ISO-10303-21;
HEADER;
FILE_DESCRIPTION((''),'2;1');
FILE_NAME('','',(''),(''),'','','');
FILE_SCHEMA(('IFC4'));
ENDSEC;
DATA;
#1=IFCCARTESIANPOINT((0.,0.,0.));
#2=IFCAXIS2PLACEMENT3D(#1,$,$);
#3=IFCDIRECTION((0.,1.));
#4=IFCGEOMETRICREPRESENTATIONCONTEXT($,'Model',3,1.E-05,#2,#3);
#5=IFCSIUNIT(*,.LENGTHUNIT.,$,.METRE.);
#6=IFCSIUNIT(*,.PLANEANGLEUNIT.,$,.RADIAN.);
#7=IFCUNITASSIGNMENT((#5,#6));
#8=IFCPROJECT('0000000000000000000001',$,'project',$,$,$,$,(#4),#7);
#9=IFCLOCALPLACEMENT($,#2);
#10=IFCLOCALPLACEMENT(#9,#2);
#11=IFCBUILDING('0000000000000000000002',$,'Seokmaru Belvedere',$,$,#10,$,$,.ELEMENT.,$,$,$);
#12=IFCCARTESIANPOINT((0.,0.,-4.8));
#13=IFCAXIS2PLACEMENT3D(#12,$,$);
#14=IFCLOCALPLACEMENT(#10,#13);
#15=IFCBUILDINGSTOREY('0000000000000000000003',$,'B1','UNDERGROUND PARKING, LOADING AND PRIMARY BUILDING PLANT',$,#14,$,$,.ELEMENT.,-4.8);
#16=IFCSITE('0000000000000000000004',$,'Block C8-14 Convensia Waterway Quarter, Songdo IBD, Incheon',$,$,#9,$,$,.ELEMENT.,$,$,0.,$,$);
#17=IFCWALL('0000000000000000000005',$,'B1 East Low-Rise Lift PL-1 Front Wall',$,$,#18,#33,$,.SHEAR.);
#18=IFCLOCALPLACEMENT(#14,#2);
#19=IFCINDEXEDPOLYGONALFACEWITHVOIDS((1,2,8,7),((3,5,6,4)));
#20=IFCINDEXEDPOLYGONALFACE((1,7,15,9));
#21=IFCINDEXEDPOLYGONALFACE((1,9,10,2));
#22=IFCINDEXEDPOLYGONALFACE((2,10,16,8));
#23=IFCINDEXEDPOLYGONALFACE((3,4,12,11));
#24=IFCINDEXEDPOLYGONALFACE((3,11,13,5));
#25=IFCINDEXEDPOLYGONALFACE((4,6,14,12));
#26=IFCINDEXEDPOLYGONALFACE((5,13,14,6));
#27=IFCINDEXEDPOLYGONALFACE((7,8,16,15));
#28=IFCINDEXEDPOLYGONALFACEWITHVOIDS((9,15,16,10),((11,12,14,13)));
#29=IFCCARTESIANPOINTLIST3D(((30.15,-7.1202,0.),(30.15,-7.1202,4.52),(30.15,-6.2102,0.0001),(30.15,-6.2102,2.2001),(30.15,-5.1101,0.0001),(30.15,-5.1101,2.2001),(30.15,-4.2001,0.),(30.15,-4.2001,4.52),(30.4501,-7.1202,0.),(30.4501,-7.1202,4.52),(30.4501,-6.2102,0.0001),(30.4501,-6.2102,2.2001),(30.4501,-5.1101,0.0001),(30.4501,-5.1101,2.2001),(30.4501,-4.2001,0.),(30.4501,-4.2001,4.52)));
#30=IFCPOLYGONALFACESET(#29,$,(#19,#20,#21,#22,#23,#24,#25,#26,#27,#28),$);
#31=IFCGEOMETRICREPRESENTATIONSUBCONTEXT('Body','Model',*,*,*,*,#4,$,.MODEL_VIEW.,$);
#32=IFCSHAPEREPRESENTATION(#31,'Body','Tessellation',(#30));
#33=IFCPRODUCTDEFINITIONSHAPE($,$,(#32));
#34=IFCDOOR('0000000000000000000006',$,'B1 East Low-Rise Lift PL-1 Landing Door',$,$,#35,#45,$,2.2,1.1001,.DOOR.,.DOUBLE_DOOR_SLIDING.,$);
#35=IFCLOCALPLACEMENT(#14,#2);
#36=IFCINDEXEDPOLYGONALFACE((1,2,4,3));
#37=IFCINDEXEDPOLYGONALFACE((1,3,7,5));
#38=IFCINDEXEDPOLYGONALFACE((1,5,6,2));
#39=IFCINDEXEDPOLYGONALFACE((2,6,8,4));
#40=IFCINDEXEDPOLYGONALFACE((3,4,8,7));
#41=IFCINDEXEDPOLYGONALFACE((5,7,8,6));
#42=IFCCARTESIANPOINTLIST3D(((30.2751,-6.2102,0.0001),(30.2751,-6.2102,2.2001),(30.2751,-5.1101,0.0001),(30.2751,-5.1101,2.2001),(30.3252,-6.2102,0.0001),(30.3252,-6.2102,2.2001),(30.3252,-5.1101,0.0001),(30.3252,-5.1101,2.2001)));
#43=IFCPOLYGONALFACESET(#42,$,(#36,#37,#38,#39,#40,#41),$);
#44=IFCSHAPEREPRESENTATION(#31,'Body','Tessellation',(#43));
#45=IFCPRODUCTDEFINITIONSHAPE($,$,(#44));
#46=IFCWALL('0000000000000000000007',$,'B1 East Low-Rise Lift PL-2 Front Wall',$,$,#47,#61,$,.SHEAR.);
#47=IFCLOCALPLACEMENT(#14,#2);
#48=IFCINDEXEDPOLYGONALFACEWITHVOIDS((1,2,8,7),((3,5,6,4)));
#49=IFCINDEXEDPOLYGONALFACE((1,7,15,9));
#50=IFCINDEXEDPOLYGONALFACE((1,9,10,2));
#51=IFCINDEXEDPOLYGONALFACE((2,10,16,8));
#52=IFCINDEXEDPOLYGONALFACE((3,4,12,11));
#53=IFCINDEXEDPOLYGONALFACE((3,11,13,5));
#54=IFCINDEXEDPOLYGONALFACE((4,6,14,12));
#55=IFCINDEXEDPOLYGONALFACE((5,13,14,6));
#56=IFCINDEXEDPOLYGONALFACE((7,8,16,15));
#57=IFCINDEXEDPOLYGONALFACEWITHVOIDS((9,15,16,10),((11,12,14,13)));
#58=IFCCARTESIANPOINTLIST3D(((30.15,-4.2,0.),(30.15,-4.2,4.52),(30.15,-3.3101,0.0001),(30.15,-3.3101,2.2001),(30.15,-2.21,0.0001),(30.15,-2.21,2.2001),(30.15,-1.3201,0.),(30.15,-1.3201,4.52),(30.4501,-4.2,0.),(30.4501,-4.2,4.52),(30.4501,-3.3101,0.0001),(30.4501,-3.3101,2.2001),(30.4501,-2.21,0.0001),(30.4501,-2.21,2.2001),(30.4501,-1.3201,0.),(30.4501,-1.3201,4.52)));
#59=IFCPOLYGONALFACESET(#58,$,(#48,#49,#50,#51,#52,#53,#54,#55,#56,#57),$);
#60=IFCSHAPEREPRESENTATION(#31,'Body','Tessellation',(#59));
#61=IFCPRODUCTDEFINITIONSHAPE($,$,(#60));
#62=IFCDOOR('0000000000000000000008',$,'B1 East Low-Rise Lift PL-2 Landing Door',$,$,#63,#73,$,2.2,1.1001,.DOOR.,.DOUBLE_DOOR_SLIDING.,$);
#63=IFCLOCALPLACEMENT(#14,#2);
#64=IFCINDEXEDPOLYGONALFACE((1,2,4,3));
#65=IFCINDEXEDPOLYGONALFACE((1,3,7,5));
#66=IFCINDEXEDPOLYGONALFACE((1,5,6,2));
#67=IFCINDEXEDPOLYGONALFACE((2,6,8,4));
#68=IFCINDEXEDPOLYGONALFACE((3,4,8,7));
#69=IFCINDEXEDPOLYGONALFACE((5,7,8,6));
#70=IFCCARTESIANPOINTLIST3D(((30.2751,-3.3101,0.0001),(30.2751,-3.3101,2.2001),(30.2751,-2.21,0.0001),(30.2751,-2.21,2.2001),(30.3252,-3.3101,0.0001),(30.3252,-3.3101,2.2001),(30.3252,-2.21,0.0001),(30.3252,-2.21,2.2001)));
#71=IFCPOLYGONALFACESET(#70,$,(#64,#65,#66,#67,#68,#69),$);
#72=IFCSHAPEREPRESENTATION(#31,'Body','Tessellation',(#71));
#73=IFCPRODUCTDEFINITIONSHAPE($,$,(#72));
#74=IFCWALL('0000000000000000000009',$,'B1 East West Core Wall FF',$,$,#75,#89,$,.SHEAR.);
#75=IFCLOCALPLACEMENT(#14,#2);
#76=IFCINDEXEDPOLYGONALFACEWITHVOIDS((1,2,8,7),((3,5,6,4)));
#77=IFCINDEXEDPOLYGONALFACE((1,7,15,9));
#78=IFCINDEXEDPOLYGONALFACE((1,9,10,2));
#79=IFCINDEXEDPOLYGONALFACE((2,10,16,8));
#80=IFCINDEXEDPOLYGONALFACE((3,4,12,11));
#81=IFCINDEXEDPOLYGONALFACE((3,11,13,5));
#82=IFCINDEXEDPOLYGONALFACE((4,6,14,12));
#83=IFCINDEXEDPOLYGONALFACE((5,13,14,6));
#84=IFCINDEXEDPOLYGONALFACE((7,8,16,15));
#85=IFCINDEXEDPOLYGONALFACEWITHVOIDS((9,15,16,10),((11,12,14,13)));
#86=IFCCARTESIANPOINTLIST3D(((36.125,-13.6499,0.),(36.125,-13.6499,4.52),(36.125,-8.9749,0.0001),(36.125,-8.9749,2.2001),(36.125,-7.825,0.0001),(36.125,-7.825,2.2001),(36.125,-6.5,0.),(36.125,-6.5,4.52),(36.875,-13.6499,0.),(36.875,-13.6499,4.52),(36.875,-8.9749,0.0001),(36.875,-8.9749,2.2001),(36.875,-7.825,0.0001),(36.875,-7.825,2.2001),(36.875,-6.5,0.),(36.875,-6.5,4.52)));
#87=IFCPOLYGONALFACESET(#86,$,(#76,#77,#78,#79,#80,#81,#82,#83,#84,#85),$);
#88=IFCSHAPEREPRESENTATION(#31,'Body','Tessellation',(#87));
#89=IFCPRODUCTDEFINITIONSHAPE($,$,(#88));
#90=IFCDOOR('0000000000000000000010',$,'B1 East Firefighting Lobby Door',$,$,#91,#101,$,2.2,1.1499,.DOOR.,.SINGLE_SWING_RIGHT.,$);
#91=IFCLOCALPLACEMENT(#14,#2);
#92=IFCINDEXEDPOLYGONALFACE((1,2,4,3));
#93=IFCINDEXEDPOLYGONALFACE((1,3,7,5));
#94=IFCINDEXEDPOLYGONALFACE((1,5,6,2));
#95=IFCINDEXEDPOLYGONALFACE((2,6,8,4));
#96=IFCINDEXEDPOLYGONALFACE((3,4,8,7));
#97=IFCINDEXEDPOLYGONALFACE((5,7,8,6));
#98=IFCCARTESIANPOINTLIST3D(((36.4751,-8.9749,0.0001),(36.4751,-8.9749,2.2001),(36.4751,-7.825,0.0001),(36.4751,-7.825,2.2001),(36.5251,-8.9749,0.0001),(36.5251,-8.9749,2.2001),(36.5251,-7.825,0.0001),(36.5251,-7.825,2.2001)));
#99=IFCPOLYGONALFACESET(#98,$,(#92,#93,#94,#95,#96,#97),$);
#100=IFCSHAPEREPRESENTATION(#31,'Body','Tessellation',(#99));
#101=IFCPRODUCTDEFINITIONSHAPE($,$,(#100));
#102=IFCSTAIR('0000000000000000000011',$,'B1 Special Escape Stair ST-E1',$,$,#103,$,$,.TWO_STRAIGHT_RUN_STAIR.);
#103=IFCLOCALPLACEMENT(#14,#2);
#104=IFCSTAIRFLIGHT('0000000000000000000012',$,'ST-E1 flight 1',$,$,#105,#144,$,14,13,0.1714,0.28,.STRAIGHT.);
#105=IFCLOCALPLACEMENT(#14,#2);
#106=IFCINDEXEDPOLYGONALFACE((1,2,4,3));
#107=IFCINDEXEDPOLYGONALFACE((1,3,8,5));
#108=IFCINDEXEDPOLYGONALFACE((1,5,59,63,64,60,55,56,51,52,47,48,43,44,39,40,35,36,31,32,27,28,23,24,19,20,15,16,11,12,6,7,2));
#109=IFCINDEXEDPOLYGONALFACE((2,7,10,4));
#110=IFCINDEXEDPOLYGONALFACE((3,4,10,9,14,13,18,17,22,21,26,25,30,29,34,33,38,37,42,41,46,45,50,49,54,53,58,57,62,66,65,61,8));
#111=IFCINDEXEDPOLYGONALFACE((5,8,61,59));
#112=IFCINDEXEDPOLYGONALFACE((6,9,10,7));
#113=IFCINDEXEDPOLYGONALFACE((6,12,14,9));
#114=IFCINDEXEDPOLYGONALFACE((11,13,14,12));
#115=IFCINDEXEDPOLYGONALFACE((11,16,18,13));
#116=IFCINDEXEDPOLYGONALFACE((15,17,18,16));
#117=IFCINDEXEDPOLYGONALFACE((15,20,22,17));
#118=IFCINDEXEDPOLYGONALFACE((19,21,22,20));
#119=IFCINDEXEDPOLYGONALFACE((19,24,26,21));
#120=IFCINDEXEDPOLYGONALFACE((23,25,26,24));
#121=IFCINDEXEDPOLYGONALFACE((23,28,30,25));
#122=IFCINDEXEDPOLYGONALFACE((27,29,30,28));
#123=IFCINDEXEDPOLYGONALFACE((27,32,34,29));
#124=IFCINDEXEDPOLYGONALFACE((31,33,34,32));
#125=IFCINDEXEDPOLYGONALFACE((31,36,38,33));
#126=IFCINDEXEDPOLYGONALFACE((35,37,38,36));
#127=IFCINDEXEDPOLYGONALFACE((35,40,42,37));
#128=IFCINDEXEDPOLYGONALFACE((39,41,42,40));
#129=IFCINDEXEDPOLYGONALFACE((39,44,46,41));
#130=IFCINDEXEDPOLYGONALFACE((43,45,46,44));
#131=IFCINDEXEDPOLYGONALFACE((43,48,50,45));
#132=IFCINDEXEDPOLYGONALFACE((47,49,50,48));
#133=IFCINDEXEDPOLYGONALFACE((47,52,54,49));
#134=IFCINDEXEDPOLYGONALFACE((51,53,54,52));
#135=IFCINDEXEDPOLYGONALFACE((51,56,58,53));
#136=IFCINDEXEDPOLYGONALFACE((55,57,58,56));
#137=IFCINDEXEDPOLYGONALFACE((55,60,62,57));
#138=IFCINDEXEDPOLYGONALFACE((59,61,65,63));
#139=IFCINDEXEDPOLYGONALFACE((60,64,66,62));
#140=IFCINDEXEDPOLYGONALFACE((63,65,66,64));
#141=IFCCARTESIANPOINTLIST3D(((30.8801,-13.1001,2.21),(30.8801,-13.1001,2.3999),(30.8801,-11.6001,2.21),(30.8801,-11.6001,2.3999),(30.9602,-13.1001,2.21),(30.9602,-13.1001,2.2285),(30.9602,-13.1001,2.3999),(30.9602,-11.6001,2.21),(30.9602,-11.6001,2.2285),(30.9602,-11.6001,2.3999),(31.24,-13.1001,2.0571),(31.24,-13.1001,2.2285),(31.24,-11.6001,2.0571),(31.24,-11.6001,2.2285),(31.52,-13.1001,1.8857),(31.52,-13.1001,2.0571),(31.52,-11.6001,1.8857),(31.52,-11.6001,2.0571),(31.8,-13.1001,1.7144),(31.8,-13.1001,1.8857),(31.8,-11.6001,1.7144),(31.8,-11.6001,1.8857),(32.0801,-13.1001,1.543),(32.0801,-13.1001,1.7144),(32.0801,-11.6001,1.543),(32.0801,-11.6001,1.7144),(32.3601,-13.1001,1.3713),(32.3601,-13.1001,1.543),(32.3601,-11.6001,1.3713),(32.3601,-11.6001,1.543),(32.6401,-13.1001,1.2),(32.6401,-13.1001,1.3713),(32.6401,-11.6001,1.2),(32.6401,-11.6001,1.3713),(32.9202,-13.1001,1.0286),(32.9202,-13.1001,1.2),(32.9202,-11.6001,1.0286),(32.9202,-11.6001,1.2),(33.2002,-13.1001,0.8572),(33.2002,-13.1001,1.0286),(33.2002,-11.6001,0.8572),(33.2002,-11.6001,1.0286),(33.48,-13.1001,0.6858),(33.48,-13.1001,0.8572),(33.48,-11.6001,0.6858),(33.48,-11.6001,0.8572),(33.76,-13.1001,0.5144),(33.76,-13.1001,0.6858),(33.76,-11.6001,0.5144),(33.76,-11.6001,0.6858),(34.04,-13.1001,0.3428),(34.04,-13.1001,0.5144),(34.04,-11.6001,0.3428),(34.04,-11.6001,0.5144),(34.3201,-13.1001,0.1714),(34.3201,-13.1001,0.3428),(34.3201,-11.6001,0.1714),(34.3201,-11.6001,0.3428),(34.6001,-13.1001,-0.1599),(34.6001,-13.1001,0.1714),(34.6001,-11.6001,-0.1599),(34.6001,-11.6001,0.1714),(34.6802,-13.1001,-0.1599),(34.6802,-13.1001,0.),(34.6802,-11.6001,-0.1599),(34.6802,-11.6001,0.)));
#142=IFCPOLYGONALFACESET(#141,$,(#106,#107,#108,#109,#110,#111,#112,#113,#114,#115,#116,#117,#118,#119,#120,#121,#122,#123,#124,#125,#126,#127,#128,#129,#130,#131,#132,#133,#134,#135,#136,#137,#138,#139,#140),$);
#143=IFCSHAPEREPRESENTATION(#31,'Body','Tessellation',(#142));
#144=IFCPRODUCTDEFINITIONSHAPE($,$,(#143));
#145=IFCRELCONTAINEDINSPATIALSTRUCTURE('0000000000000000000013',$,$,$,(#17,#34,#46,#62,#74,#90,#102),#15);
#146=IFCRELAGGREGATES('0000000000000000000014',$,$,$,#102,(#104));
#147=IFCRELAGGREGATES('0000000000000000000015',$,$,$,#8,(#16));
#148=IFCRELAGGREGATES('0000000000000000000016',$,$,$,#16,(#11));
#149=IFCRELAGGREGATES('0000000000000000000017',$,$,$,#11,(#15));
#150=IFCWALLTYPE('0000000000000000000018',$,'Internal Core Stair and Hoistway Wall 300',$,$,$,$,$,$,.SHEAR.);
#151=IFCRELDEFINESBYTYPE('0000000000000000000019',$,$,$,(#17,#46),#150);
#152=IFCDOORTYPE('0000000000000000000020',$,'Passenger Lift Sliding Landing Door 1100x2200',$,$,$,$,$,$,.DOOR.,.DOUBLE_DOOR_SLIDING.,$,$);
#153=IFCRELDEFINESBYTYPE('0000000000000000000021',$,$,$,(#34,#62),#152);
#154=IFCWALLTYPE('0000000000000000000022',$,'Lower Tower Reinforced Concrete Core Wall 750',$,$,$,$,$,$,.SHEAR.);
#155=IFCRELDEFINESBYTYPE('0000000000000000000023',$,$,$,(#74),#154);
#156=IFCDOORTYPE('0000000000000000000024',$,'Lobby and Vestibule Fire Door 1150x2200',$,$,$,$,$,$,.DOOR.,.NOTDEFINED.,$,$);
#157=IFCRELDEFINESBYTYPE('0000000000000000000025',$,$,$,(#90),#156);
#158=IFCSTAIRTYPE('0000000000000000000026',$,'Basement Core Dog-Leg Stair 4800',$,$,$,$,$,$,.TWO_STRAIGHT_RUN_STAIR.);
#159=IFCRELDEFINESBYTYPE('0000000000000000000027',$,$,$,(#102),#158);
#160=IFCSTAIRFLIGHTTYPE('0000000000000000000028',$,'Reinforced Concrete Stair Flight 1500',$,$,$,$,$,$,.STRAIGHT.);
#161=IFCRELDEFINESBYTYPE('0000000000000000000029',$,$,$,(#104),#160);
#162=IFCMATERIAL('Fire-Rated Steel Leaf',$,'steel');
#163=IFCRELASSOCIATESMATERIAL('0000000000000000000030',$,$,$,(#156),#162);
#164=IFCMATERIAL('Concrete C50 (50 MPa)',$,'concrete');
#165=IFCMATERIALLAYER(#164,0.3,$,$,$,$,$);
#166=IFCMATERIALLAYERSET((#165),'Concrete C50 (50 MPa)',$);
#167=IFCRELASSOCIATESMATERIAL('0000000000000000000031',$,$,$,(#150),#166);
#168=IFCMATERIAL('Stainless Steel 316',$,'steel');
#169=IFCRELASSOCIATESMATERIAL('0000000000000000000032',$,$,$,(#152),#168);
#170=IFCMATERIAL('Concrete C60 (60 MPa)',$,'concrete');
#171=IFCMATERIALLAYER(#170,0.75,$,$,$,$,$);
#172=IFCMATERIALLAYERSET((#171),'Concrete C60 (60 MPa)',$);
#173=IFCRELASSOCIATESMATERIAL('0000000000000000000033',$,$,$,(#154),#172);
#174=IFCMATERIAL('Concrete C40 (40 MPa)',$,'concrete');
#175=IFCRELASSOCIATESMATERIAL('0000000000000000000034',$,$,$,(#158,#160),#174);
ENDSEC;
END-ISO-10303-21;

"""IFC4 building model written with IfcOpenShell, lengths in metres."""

from ifc_helpers import new_model, si_unit, direction, frame, frame_2d, origin, place, context, subcontext, project, spatial, polyline, rectangle, outline, extrude, source, transform, mapped, material, layer, layer_set, type_object, type_shapes, element, fill, aggregate, save


model = new_model("IFC4")

# Units and contexts
model_context = context("Model", 3, precision=1e-05, world=origin(), true_north=direction((0.0, 1.0)))
body_context = subcontext(model_context, "Body", "Model", "MODEL_VIEW")
ifc_project = project(units=[si_unit("LENGTHUNIT", "METRE"), si_unit("PLANEANGLEUNIT", "RADIAN")], contexts=[model_context])

# Site, building, storey
site_placement = place(None, origin())
site = spatial("IfcSite", under=ifc_project, at=site_placement, Name="Block C8-14 Convensia Waterway Quarter, Songdo IBD, Incheon", CompositionType="ELEMENT", RefElevation=0.0)
building_placement = place(site_placement, origin())
building = spatial("IfcBuilding", under=site, at=building_placement, Name="Seokmaru Belvedere", CompositionType="ELEMENT")
storey_placement = place(building_placement, frame((0.0, 0.0, -4.8)))
storey = spatial("IfcBuildingStorey", under=building, at=storey_placement, Name="B1", Description="UNDERGROUND PARKING, LOADING AND PRIMARY BUILDING PLANT", CompositionType="ELEMENT", Elevation=-4.8)

# Shared definitions
ifc_material_1 = material(Name="Concrete C60 (60 MPa)", Category="concrete")

# Shared definitions
ifc_material_2 = material(Name="Concrete C50 (50 MPa)", Category="concrete")

# Shared definitions
ifc_material_3 = material(Name="Fire-Rated Steel Leaf", Category="steel")
door_type_1 = type_object("IfcDoorType", Name="Lobby and Vestibule Fire Door 1150x2200", OperationType="NOTDEFINED", PredefinedType="DOOR", material=ifc_material_3)
shared_shape_1 = source(origin(), body_context, "Body", "SweptSolid", [
    extrude(rectangle(XDim=1.1499, YDim=2.2, at=frame_2d((0.575, 1.1001))), frame((0.0, 0.0249, 0.0), z_axis=(0.0, -1.0, 0.0), x_axis=(1.0, 0.0, 0.0)), (0.0, 0.0, 1.0), 0.05),
])
type_shapes(door_type_1, [shared_shape_1])

# Walls, openings, doors
ifc_layer_1 = layer(ifc_material_2, 0.3)
ifc_layer_set_1 = layer_set([ifc_layer_1], Name="Concrete C50 (50 MPa)")
wall_type_1 = type_object("IfcWallType", Name="Internal Core Stair and Hoistway Wall 300", PredefinedType="SHEAR", material=ifc_layer_set_1)
ifc_material_4 = material(Name="Stainless Steel 316", Category="steel")
wall_1_placement = place(storey_placement, frame((30.3, -7.1201, 0.0), z_axis=(0.0, 0.0, 1.0), x_axis=(0.0, 1.0, 0.0)))
wall_1 = element("IfcWall", 1, at=wall_1_placement, inside=storey, type_object=wall_type_1, Name="B1 East Low-Rise Lift PL-1 Front Wall", PredefinedType="SHEAR", context=body_context, shape_type="SweptSolid", body=[
    extrude(rectangle(XDim=2.9202, YDim=0.3, at=frame_2d((1.46, 0.0))), origin(), (0.0, 0.0, 1.0), 4.52),
])
opening_1_placement = place(wall_1_placement, frame((0.9099, 0.0, 0.0)))
opening_1 = element("IfcOpeningElement", 2, at=opening_1_placement, cuts=wall_1, PredefinedType="OPENING", context=body_context, shape_type="SweptSolid", body=[
    extrude(rectangle(XDim=1.1001, YDim=2.2, at=frame_2d((0.55, 1.1001))), frame((0.0, 0.1602, 0.0), z_axis=(0.0, -1.0, 0.0), x_axis=(1.0, 0.0, 0.0)), (0.0, 0.0, 1.0), 0.3201),
])
door_type_2 = type_object("IfcDoorType", Name="Passenger Lift Sliding Landing Door 1100x2200", OperationType="DOUBLE_DOOR_SLIDING", PredefinedType="DOOR", material=ifc_material_4)
shared_shape_2 = source(origin(), body_context, "Body", "SweptSolid", [
    extrude(rectangle(XDim=1.1001, YDim=2.2, at=frame_2d((0.55, 1.1001))), frame((0.0, 0.0249, 0.0), z_axis=(0.0, -1.0, 0.0), x_axis=(1.0, 0.0, 0.0)), (0.0, 0.0, 1.0), 0.05),
])
type_shapes(door_type_2, [shared_shape_2])
door_1_placement = place(opening_1_placement, origin())
door_1 = element("IfcDoor", 3, at=door_1_placement, inside=storey, type_object=door_type_2, Name="B1 East Low-Rise Lift PL-1 Landing Door", OperationType="DOUBLE_DOOR_SLIDING", OverallHeight=2.2, OverallWidth=1.1001, PredefinedType="DOOR", context=body_context, shape_type="MappedRepresentation", body=[
    mapped(shared_shape_2, transform((0.0, 0.0, 0.0), scale=1.0)),
])
fill(opening_1, door_1)
wall_2_placement = place(storey_placement, frame((30.3, -4.2, 0.0), z_axis=(0.0, 0.0, 1.0), x_axis=(0.0, 1.0, 0.0)))
wall_2 = element("IfcWall", 4, at=wall_2_placement, inside=storey, type_object=wall_type_1, Name="B1 East Low-Rise Lift PL-2 Front Wall", PredefinedType="SHEAR", context=body_context, shape_type="SweptSolid", body=[
    extrude(rectangle(XDim=2.8799, YDim=0.3, at=frame_2d((1.4399, 0.0))), origin(), (0.0, 0.0, 1.0), 4.52),
])
opening_2_placement = place(wall_2_placement, frame((0.8899, 0.0, 0.0)))
opening_2 = element("IfcOpeningElement", 5, at=opening_2_placement, cuts=wall_2, PredefinedType="OPENING", context=body_context, shape_type="SweptSolid", body=[
    extrude(rectangle(XDim=1.1001, YDim=2.2, at=frame_2d((0.55, 1.1001))), frame((0.0, 0.1602, 0.0), z_axis=(0.0, -1.0, 0.0), x_axis=(1.0, 0.0, 0.0)), (0.0, 0.0, 1.0), 0.3201),
])
door_2_placement = place(opening_2_placement, origin())
door_2 = element("IfcDoor", 6, at=door_2_placement, inside=storey, type_object=door_type_2, Name="B1 East Low-Rise Lift PL-2 Landing Door", OperationType="DOUBLE_DOOR_SLIDING", OverallHeight=2.2, OverallWidth=1.1001, PredefinedType="DOOR", context=body_context, shape_type="MappedRepresentation", body=[
    mapped(shared_shape_2, transform((0.0, 0.0, 0.0), scale=1.0)),
])
fill(opening_2, door_2)
ifc_layer_2 = layer(ifc_material_1, 0.75)
ifc_layer_set_2 = layer_set([ifc_layer_2], Name="Concrete C60 (60 MPa)")
wall_type_2 = type_object("IfcWallType", Name="Lower Tower Reinforced Concrete Core Wall 750", PredefinedType="SHEAR", material=ifc_layer_set_2)
wall_3_placement = place(storey_placement, frame((36.5, -13.6499, 0.0), z_axis=(0.0, 0.0, 1.0), x_axis=(0.0, 1.0, 0.0)))
wall_3 = element("IfcWall", 7, at=wall_3_placement, inside=storey, type_object=wall_type_2, Name="B1 East West Core Wall FF", PredefinedType="SHEAR", context=body_context, shape_type="SweptSolid", body=[
    extrude(rectangle(XDim=7.1499, YDim=0.75, at=frame_2d((3.575, 0.0))), origin(), (0.0, 0.0, 1.0), 4.52),
])
opening_3_placement = place(wall_3_placement, frame((4.675, 0.0, 0.0)))
opening_3 = element("IfcOpeningElement", 8, at=opening_3_placement, cuts=wall_3, PredefinedType="OPENING", context=body_context, shape_type="SweptSolid", body=[
    extrude(rectangle(XDim=1.1499, YDim=2.2, at=frame_2d((0.575, 1.1001))), frame((0.0, 0.385, 0.0), z_axis=(0.0, -1.0, 0.0), x_axis=(1.0, 0.0, 0.0)), (0.0, 0.0, 1.0), 0.77),
])
door_3_placement = place(opening_3_placement, origin())
door_3 = element("IfcDoor", 9, at=door_3_placement, inside=storey, type_object=door_type_1, Name="B1 East Firefighting Lobby Door", OperationType="SINGLE_SWING_RIGHT", OverallHeight=2.2, OverallWidth=1.1499, PredefinedType="DOOR", context=body_context, shape_type="MappedRepresentation", body=[
    mapped(shared_shape_1, transform((0.0, 0.0, 0.0), scale=1.0)),
])
fill(opening_3, door_3)

# Stair, stair flight
ifc_material_5 = material(Name="Concrete C40 (40 MPa)", Category="concrete")
stair_type = type_object("IfcStairType", Name="Basement Core Dog-Leg Stair 4800", PredefinedType="TWO_STRAIGHT_RUN_STAIR", material=ifc_material_5)
stair_placement = place(storey_placement, origin())
stair = element("IfcStair", 10, at=stair_placement, inside=storey, type_object=stair_type, Name="B1 Special Escape Stair ST-E1", PredefinedType="TWO_STRAIGHT_RUN_STAIR")
stair_flight_type = type_object("IfcStairFlightType", Name="Reinforced Concrete Stair Flight 1500", PredefinedType="STRAIGHT", material=ifc_material_5)
stair_flight_1_placement = place(storey_placement, frame((34.6001, -12.3501, 0.0), z_axis=(0.0, 0.0, 1.0), x_axis=(-1.0, 0.0, 0.0)))
stair_flight_1 = element("IfcStairFlight", 11, at=stair_flight_1_placement, type_object=stair_flight_type, Name="ST-E1 flight 1", NumberOfRisers=14, NumberOfTreads=13, PredefinedType="STRAIGHT", RiserHeight=0.1714, TreadLength=0.28, context=body_context, shape_type="SweptSolid", body=[
    extrude(outline(polyline([(-0.0801, 0.0), (0.0, 0.1714), (0.28, 0.1714), (0.28, 0.3428), (0.5601, 0.3428), (0.5601, 0.5144), (0.8401, 0.5144), (0.8401, 0.6858), (1.1201, 0.6858), (1.1201, 0.8572), (1.3999, 0.8572), (1.3999, 1.0286), (1.6799, 1.0286), (1.6799, 1.2), (1.96, 1.2), (1.96, 1.3713), (2.24, 1.3713), (2.24, 1.543), (2.52, 1.543), (2.52, 1.7144), (2.8, 1.7144), (2.8, 1.8857), (3.0801, 1.8857), (3.0801, 2.0571), (3.3601, 2.0571), (3.3601, 2.2285), (3.6399, 2.2285), (3.6399, 2.3999), (3.72, 2.3999), (3.72, 2.21), (3.6399, 2.21), (0.0, -0.1599), (-0.0801, -0.1599), (-0.0801, 0.0)])), frame((0.0, 0.75, 0.0), z_axis=(0.0, -1.0, 0.0), x_axis=(1.0, 0.0, 0.0)), (0.0, 0.0, 1.0), 1.5),
])
aggregate(stair, [stair_flight_1])

save(model, "model.ifc")
